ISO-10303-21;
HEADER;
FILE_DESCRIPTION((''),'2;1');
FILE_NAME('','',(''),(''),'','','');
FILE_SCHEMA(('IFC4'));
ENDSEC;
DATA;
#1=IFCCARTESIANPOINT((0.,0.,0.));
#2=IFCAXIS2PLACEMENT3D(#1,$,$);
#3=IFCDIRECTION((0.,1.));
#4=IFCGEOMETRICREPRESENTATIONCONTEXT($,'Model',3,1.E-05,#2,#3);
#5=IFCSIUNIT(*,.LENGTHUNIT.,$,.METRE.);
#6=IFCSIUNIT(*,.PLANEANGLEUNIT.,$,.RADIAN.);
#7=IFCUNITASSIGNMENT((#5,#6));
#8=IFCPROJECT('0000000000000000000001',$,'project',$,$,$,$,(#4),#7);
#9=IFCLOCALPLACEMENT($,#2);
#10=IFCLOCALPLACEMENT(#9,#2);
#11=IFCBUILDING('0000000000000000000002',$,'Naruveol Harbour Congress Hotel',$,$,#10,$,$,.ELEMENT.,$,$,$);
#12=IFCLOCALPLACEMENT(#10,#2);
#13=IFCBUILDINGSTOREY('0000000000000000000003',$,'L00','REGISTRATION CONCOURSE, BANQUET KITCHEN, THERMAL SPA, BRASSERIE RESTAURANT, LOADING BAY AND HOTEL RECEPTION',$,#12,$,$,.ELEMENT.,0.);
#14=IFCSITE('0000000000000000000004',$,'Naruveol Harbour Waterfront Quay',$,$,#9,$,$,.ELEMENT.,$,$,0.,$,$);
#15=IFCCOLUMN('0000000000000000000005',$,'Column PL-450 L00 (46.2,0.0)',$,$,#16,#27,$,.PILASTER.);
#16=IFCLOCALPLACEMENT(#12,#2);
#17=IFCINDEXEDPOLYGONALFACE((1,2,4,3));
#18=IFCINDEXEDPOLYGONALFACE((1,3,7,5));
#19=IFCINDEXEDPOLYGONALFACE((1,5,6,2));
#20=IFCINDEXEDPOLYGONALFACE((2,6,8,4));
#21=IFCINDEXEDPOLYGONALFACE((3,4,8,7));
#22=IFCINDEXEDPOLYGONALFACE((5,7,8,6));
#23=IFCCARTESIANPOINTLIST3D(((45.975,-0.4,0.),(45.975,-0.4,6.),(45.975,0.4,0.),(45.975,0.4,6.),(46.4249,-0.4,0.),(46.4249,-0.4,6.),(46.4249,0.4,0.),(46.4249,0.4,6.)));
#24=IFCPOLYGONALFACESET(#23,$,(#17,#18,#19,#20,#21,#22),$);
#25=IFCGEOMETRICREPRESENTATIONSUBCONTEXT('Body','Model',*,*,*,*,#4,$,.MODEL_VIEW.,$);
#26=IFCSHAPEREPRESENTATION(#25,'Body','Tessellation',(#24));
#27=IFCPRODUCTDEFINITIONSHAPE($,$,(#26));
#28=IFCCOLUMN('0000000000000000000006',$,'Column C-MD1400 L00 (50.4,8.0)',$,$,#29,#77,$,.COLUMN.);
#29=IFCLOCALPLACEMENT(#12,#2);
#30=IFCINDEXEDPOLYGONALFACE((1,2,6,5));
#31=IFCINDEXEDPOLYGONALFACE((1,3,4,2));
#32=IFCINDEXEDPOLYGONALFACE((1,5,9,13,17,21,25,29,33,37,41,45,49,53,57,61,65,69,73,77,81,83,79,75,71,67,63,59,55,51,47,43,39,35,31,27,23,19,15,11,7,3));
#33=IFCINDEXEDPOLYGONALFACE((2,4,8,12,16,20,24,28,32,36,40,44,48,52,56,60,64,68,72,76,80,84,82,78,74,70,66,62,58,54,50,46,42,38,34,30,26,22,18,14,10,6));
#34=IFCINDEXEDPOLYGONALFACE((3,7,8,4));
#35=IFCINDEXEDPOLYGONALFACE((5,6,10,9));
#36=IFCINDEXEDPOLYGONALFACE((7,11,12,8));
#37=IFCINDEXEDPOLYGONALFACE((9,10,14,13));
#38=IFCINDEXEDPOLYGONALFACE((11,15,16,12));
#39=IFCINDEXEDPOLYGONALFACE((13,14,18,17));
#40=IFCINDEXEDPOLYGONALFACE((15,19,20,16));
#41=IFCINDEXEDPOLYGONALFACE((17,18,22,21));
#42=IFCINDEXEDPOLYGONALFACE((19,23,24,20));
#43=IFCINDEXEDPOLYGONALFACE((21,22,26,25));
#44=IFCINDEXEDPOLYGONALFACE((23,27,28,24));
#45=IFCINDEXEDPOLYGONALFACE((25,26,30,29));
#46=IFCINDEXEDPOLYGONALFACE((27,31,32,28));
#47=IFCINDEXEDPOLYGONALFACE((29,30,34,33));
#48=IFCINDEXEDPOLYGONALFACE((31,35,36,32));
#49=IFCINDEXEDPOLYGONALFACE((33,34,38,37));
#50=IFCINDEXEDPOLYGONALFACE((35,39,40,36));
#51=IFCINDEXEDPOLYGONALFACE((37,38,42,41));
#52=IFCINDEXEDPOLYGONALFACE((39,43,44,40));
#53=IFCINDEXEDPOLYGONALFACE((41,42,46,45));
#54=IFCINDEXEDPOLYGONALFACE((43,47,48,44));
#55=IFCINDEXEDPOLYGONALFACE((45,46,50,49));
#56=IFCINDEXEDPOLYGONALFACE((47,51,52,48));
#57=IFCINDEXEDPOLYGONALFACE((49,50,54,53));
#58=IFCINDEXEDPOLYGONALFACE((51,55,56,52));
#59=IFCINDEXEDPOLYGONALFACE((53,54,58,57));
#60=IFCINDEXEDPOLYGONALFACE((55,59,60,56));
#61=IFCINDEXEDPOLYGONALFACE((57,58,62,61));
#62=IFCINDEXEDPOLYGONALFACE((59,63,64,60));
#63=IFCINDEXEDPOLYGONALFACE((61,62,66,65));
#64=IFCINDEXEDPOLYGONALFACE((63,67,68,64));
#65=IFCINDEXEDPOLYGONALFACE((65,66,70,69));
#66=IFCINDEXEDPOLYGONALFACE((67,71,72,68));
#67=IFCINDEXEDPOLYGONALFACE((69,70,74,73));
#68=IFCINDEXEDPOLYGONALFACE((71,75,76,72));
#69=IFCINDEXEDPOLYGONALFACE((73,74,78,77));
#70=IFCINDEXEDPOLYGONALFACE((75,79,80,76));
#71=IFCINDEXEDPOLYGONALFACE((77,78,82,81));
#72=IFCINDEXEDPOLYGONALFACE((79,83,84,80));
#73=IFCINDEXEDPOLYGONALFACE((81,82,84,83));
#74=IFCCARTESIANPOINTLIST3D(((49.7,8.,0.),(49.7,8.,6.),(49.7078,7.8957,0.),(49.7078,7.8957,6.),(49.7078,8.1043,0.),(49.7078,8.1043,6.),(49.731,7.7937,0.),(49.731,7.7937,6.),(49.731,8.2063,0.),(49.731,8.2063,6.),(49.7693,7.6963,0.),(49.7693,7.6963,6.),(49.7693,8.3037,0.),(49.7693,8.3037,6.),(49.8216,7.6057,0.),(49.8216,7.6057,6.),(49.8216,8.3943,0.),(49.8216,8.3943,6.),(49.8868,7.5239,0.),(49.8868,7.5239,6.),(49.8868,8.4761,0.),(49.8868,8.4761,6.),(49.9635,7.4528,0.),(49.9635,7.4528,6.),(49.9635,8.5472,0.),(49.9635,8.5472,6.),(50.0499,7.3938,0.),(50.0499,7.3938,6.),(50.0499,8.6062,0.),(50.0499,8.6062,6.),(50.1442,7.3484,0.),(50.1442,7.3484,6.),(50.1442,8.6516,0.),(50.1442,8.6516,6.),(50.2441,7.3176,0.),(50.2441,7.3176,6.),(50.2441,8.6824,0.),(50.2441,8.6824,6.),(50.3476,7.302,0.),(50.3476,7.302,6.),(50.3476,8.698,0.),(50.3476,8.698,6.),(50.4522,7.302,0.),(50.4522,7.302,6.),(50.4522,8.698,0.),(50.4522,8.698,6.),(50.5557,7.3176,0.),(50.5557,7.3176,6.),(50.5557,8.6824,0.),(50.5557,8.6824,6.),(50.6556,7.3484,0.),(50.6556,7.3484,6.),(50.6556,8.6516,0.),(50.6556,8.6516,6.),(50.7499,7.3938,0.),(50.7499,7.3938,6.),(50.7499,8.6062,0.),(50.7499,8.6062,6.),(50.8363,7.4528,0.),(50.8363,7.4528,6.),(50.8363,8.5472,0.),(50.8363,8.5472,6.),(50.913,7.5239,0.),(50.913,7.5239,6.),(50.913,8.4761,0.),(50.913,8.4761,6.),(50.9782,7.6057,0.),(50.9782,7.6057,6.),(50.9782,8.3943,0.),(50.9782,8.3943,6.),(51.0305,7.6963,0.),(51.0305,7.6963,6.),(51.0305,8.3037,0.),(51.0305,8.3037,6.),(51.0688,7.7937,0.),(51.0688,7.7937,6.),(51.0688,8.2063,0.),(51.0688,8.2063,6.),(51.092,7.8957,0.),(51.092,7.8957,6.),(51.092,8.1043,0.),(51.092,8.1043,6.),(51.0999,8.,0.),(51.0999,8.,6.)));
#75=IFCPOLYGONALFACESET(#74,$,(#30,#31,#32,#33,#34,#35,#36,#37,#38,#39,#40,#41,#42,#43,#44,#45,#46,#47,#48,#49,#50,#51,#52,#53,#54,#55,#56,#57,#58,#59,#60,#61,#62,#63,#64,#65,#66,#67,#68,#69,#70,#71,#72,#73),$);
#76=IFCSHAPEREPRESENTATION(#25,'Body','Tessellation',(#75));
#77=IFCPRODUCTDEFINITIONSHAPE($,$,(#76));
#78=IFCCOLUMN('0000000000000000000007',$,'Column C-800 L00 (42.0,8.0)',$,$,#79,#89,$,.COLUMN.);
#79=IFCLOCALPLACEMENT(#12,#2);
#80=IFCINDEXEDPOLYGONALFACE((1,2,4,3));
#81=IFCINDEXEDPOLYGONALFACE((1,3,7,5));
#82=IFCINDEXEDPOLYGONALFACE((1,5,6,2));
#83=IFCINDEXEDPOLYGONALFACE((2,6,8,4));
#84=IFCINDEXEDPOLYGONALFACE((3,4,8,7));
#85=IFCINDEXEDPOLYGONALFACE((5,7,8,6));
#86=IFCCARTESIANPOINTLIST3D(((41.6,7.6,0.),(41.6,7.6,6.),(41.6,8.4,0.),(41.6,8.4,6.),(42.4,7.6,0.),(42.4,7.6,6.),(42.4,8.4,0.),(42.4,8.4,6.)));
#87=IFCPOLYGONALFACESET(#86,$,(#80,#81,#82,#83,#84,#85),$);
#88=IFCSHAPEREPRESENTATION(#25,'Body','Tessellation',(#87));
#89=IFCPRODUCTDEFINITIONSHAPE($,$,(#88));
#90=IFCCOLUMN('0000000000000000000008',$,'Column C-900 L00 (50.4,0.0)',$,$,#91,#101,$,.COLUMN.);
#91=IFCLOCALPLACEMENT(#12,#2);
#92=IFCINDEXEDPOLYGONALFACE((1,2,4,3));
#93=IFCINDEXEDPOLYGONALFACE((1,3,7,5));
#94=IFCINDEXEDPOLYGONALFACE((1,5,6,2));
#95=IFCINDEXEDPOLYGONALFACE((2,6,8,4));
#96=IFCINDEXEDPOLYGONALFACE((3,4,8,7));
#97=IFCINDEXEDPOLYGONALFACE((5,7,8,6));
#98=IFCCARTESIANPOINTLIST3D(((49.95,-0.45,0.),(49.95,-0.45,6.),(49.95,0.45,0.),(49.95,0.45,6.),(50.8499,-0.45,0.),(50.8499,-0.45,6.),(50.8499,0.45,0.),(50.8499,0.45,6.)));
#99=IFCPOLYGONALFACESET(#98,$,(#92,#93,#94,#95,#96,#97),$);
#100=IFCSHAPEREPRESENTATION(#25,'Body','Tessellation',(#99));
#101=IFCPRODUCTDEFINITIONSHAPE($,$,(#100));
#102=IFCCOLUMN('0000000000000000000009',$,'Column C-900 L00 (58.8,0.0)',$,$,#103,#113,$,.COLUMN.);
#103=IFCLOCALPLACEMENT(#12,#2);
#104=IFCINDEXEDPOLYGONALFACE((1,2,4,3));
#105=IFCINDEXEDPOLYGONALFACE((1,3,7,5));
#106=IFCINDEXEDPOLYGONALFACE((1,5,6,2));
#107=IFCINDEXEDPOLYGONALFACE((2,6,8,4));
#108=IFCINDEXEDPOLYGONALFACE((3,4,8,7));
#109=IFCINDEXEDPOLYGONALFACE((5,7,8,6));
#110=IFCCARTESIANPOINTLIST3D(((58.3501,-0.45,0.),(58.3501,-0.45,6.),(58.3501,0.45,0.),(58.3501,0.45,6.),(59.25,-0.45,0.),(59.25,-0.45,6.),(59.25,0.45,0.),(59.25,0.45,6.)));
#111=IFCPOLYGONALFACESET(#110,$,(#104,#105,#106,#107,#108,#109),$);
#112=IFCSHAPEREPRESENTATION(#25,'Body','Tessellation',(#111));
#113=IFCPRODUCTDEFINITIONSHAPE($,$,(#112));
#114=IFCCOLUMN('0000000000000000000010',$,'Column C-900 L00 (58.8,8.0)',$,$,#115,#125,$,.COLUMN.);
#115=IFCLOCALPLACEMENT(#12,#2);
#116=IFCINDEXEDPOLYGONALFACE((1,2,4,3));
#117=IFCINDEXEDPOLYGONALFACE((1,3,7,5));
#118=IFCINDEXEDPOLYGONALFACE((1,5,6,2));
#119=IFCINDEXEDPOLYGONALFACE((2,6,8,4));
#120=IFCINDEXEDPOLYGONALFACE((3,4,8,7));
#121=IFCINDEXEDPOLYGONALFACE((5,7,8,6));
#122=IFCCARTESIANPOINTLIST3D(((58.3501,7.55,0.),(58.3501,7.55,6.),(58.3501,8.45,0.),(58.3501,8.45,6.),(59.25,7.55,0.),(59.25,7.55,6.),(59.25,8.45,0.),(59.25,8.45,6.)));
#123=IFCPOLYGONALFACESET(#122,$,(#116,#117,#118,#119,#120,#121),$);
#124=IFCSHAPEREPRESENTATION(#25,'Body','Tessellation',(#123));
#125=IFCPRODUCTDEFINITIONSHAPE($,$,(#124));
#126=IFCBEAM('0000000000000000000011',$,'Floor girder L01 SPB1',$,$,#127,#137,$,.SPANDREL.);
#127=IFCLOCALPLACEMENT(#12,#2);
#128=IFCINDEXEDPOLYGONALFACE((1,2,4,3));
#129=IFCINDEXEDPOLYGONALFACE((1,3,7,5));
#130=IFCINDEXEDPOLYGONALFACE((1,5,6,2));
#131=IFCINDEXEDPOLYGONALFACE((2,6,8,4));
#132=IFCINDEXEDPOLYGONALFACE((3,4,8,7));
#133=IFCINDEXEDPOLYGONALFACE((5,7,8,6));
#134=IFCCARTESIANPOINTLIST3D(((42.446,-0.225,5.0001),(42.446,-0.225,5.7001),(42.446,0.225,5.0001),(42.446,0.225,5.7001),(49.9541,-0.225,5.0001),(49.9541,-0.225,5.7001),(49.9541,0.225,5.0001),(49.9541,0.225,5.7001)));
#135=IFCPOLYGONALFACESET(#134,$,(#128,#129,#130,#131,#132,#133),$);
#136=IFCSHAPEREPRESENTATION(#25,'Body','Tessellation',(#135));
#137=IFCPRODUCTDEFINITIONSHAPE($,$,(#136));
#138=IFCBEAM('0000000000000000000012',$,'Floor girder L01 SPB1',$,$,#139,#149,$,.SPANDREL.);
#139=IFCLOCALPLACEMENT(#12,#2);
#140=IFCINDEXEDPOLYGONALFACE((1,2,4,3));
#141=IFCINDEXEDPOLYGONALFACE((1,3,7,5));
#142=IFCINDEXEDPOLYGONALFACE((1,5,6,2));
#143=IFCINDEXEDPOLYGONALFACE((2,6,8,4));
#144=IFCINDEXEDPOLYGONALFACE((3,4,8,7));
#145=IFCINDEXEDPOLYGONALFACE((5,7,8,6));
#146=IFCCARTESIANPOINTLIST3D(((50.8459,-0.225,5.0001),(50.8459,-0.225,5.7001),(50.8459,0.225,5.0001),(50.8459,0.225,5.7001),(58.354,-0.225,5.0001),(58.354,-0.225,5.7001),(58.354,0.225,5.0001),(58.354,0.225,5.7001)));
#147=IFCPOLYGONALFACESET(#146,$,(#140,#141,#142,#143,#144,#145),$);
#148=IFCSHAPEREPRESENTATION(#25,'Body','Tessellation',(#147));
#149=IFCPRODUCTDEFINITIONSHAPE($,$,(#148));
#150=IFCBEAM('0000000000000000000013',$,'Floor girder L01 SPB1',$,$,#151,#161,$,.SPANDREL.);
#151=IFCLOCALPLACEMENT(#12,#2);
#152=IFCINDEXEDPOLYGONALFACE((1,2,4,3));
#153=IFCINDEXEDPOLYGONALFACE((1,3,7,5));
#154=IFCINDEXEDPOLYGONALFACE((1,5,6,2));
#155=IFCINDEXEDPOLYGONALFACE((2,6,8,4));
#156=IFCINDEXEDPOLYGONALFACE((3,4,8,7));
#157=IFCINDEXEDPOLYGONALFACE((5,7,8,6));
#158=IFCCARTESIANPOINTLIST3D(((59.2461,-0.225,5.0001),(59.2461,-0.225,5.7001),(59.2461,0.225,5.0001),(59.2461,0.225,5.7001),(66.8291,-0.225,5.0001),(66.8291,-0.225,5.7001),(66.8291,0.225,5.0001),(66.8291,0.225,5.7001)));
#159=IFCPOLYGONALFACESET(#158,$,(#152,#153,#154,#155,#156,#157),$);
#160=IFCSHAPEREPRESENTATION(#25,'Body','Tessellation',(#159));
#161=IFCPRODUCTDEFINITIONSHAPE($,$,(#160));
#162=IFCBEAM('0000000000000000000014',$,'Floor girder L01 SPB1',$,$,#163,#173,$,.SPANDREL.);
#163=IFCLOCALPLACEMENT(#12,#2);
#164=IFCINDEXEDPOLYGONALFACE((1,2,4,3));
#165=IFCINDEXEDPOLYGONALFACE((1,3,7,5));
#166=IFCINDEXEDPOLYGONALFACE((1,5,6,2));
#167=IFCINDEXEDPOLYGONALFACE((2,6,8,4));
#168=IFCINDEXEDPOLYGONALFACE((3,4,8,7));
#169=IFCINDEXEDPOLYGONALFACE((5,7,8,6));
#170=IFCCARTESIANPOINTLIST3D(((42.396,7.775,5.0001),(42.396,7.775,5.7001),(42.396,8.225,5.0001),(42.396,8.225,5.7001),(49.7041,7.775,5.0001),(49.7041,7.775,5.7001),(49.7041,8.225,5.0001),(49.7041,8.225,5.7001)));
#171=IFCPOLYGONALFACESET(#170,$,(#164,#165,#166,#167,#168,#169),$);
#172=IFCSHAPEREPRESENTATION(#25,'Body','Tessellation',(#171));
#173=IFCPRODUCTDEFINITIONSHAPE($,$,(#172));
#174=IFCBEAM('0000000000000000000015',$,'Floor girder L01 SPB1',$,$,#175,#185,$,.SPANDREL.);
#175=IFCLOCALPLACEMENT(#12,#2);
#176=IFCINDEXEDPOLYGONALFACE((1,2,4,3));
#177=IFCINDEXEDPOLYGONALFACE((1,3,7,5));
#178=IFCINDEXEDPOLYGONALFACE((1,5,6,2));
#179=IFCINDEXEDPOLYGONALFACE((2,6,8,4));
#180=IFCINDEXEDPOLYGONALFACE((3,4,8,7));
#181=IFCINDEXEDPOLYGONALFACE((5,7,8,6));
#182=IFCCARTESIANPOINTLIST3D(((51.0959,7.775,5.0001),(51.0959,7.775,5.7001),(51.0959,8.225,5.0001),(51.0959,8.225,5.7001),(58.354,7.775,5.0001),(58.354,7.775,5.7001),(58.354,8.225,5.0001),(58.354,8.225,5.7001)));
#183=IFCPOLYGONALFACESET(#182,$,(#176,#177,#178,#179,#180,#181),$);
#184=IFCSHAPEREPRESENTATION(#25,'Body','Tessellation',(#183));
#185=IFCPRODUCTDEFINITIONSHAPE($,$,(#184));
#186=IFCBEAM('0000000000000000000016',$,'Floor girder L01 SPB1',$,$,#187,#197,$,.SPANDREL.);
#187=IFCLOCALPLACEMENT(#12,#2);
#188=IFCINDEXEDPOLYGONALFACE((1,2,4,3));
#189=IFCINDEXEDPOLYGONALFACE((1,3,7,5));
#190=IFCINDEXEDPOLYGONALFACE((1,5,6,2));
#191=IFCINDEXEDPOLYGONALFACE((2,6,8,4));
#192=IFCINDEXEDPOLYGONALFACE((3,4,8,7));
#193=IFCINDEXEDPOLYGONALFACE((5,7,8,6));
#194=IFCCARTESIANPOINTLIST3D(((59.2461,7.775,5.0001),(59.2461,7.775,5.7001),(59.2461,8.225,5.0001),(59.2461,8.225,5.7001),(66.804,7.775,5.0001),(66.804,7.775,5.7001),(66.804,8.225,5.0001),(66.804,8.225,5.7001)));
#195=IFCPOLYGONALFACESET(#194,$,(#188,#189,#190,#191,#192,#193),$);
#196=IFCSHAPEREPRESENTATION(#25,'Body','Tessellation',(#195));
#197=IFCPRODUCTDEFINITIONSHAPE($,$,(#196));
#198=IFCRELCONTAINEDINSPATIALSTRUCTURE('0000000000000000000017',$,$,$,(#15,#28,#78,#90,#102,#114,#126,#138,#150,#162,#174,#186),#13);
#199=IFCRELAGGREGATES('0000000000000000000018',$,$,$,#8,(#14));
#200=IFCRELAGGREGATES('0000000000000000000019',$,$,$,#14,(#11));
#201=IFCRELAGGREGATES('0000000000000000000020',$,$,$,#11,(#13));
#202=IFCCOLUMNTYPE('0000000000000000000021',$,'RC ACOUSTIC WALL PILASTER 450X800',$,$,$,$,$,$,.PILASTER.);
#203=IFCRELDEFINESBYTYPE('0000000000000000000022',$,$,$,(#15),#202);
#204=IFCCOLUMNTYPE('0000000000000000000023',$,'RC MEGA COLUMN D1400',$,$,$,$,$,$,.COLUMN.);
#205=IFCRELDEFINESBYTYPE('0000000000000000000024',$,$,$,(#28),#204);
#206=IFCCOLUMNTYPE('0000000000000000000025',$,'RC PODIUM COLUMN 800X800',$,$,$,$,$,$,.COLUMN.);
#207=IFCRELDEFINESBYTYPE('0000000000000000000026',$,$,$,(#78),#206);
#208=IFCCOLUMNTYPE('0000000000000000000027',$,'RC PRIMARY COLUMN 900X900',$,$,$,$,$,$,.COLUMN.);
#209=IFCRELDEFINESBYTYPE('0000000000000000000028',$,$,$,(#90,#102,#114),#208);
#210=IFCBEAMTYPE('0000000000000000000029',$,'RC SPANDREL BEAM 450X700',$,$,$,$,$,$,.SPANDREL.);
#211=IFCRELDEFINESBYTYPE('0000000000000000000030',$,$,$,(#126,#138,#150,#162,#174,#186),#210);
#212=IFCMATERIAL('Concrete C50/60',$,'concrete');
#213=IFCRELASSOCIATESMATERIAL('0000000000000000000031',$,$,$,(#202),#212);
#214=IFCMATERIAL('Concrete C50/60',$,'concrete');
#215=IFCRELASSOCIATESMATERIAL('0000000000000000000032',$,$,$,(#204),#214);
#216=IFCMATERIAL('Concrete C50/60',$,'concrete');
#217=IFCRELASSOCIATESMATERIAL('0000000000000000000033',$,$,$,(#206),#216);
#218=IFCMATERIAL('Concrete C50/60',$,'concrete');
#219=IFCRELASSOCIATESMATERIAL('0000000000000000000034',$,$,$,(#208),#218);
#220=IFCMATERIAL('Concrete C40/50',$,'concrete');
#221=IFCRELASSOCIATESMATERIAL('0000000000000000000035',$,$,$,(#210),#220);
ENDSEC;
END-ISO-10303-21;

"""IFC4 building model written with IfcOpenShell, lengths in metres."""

from ifc_helpers import new_model, si_unit, direction, frame, origin, origin_2d, place, context, subcontext, project, spatial, rectangle, circle, extrude, material, material_profile, profile_set, type_object, element, save


model = new_model("IFC4")

# Units and contexts
model_context = context("Model", 3, precision=1e-05, world=origin(), true_north=direction((0.0, 1.0)))
body_context = subcontext(model_context, "Body", "Model", "MODEL_VIEW")
ifc_project = project(units=[si_unit("LENGTHUNIT", "METRE"), si_unit("PLANEANGLEUNIT", "RADIAN")], contexts=[model_context])

# Site, building, storey
site_placement = place(None, origin())
site = spatial("IfcSite", under=ifc_project, at=site_placement, Name="Naruveol Harbour Waterfront Quay", CompositionType="ELEMENT", RefElevation=0.0)
building_placement = place(site_placement, origin())
building = spatial("IfcBuilding", under=site, at=building_placement, Name="Naruveol Harbour Congress Hotel", CompositionType="ELEMENT")
storey_placement = place(building_placement, origin())
storey = spatial("IfcBuildingStorey", under=building, at=storey_placement, Name="L00", Description="REGISTRATION CONCOURSE, BANQUET KITCHEN, THERMAL SPA, BRASSERIE RESTAURANT, LOADING BAY AND HOTEL RECEPTION", CompositionType="ELEMENT", Elevation=0.0)

# Columns
ifc_material_1 = material(Name="Concrete C50/60", Category="concrete")
ifc_material_profile_1 = material_profile(ifc_material_1, rectangle(XDim=0.45, YDim=0.8, at=origin_2d()), Name="RC-450x800")
ifc_profile_set_1 = profile_set([ifc_material_profile_1], Name="Concrete C50/60")
column_type_1 = type_object("IfcColumnType", Name="RC ACOUSTIC WALL PILASTER 450X800", PredefinedType="PILASTER", material=ifc_profile_set_1)
column_1_placement = place(storey_placement, frame((46.2, 0.0, 0.0), z_axis=(0.0, 0.0, 1.0), x_axis=(1.0, 0.0, 0.0)))
element("IfcColumn", 1, at=column_1_placement, inside=storey, type_object=column_type_1, Name="Column PL-450 L00 (46.2,0.0)", PredefinedType="PILASTER", context=body_context, shape_type="SweptSolid", body=[
    extrude(rectangle(XDim=0.45, YDim=0.8, at=origin_2d()), origin(), (0.0, 0.0, 1.0), 6.0),
])
ifc_material_2 = material(Name="Concrete C50/60", Category="concrete")
ifc_material_profile_2 = material_profile(ifc_material_2, circle(Radius=0.7, at=origin_2d()), Name="RC-D1400")
ifc_profile_set_2 = profile_set([ifc_material_profile_2], Name="Concrete C50/60")
column_type_2 = type_object("IfcColumnType", Name="RC MEGA COLUMN D1400", PredefinedType="COLUMN", material=ifc_profile_set_2)
column_2_placement = place(storey_placement, frame((50.3999, 8.0, 0.0), z_axis=(0.0, 0.0, 1.0), x_axis=(1.0, 0.0, 0.0)))
element("IfcColumn", 2, at=column_2_placement, inside=storey, type_object=column_type_2, Name="Column C-MD1400 L00 (50.4,8.0)", PredefinedType="COLUMN", context=body_context, shape_type="SweptSolid", body=[
    extrude(circle(Radius=0.7, at=origin_2d()), origin(), (0.0, 0.0, 1.0), 6.0),
])
ifc_material_3 = material(Name="Concrete C50/60", Category="concrete")
ifc_material_profile_3 = material_profile(ifc_material_3, rectangle(XDim=0.8, YDim=0.8, at=origin_2d()), Name="RC-800x800")
ifc_profile_set_3 = profile_set([ifc_material_profile_3], Name="Concrete C50/60")
column_type_3 = type_object("IfcColumnType", Name="RC PODIUM COLUMN 800X800", PredefinedType="COLUMN", material=ifc_profile_set_3)
column_3_placement = place(storey_placement, frame((42.0, 8.0, 0.0), z_axis=(0.0, 0.0, 1.0), x_axis=(1.0, 0.0, 0.0)))
element("IfcColumn", 3, at=column_3_placement, inside=storey, type_object=column_type_3, Name="Column C-800 L00 (42.0,8.0)", PredefinedType="COLUMN", context=body_context, shape_type="SweptSolid", body=[
    extrude(rectangle(XDim=0.8, YDim=0.8, at=origin_2d()), origin(), (0.0, 0.0, 1.0), 6.0),
])
ifc_material_4 = material(Name="Concrete C50/60", Category="concrete")
ifc_material_profile_4 = material_profile(ifc_material_4, rectangle(XDim=0.8999, YDim=0.8999, at=origin_2d()), Name="RC-900x900")
ifc_profile_set_4 = profile_set([ifc_material_profile_4], Name="Concrete C50/60")
column_type_4 = type_object("IfcColumnType", Name="RC PRIMARY COLUMN 900X900", PredefinedType="COLUMN", material=ifc_profile_set_4)
for number, where, z_axis, x_axis, name in (
    (4, (50.3999, 0.0, 0.0), (0.0, 0.0, 1.0), (1.0, 0.0, 0.0), "Column C-900 L00 (50.4,0.0)"),
    (5, (58.8, 0.0, 0.0), (0.0, 0.0, 1.0), (1.0, 0.0, 0.0), "Column C-900 L00 (58.8,0.0)"),
    (6, (58.8, 8.0, 0.0), (0.0, 0.0, 1.0), (1.0, 0.0, 0.0), "Column C-900 L00 (58.8,8.0)"),
):
    element("IfcColumn", number, at=place(storey_placement, frame(where, z_axis=z_axis, x_axis=x_axis)), inside=storey, type_object=column_type_4, Name=name, PredefinedType="COLUMN", context=body_context, shape_type="SweptSolid", body=[
        extrude(rectangle(XDim=0.8999, YDim=0.8999, at=origin_2d()), origin(), (0.0, 0.0, 1.0), 6.0),
    ])

# Beams
ifc_material_5 = material(Name="Concrete C40/50", Category="concrete")
ifc_material_profile_5 = material_profile(ifc_material_5, rectangle(XDim=0.45, YDim=0.7, at=origin_2d()), Name="RCB-450x700")
ifc_profile_set_5 = profile_set([ifc_material_profile_5], Name="Concrete C40/50")
beam_type_1 = type_object("IfcBeamType", Name="RC SPANDREL BEAM 450X700", PredefinedType="SPANDREL", material=ifc_profile_set_5)
for number, where, z_axis, x_axis, name in (
    (7, (42.446, 0.0, 5.3501), (1.0, 0.0, 0.0), (0.0, 1.0, 0.0), "Floor girder L01 SPB1"),
    (8, (50.8459, 0.0, 5.3501), (1.0, 0.0, 0.0), (0.0, 1.0, 0.0), "Floor girder L01 SPB1"),
):
    element("IfcBeam", number, at=place(storey_placement, frame(where, z_axis=z_axis, x_axis=x_axis)), inside=storey, type_object=beam_type_1, Name=name, PredefinedType="SPANDREL", context=body_context, shape_type="SweptSolid", body=[
        extrude(rectangle(XDim=0.45, YDim=0.7, at=origin_2d()), origin(), (0.0, 0.0, 1.0), 7.5081),
    ])
beam_1_placement = place(storey_placement, frame((59.2461, 0.0, 5.3501), z_axis=(1.0, 0.0, 0.0), x_axis=(0.0, 1.0, 0.0)))
element("IfcBeam", 9, at=beam_1_placement, inside=storey, type_object=beam_type_1, Name="Floor girder L01 SPB1", PredefinedType="SPANDREL", context=body_context, shape_type="SweptSolid", body=[
    extrude(rectangle(XDim=0.45, YDim=0.7, at=origin_2d()), origin(), (0.0, 0.0, 1.0), 7.583),
])
beam_2_placement = place(storey_placement, frame((42.396, 8.0, 5.3501), z_axis=(1.0, 0.0, 0.0), x_axis=(0.0, 1.0, 0.0)))
element("IfcBeam", 10, at=beam_2_placement, inside=storey, type_object=beam_type_1, Name="Floor girder L01 SPB1", PredefinedType="SPANDREL", context=body_context, shape_type="SweptSolid", body=[
    extrude(rectangle(XDim=0.45, YDim=0.7, at=origin_2d()), origin(), (0.0, 0.0, 1.0), 7.3081),
])
beam_3_placement = place(storey_placement, frame((51.0959, 8.0, 5.3501), z_axis=(1.0, 0.0, 0.0), x_axis=(0.0, 1.0, 0.0)))
element("IfcBeam", 11, at=beam_3_placement, inside=storey, type_object=beam_type_1, Name="Floor girder L01 SPB1", PredefinedType="SPANDREL", context=body_context, shape_type="SweptSolid", body=[
    extrude(rectangle(XDim=0.45, YDim=0.7, at=origin_2d()), origin(), (0.0, 0.0, 1.0), 7.2581),
])
beam_4_placement = place(storey_placement, frame((59.2461, 8.0, 5.3501), z_axis=(1.0, 0.0, 0.0), x_axis=(0.0, 1.0, 0.0)))
element("IfcBeam", 12, at=beam_4_placement, inside=storey, type_object=beam_type_1, Name="Floor girder L01 SPB1", PredefinedType="SPANDREL", context=body_context, shape_type="SweptSolid", body=[
    extrude(rectangle(XDim=0.45, YDim=0.7, at=origin_2d()), origin(), (0.0, 0.0, 1.0), 7.5579),
])

save(model, "model.ifc")
